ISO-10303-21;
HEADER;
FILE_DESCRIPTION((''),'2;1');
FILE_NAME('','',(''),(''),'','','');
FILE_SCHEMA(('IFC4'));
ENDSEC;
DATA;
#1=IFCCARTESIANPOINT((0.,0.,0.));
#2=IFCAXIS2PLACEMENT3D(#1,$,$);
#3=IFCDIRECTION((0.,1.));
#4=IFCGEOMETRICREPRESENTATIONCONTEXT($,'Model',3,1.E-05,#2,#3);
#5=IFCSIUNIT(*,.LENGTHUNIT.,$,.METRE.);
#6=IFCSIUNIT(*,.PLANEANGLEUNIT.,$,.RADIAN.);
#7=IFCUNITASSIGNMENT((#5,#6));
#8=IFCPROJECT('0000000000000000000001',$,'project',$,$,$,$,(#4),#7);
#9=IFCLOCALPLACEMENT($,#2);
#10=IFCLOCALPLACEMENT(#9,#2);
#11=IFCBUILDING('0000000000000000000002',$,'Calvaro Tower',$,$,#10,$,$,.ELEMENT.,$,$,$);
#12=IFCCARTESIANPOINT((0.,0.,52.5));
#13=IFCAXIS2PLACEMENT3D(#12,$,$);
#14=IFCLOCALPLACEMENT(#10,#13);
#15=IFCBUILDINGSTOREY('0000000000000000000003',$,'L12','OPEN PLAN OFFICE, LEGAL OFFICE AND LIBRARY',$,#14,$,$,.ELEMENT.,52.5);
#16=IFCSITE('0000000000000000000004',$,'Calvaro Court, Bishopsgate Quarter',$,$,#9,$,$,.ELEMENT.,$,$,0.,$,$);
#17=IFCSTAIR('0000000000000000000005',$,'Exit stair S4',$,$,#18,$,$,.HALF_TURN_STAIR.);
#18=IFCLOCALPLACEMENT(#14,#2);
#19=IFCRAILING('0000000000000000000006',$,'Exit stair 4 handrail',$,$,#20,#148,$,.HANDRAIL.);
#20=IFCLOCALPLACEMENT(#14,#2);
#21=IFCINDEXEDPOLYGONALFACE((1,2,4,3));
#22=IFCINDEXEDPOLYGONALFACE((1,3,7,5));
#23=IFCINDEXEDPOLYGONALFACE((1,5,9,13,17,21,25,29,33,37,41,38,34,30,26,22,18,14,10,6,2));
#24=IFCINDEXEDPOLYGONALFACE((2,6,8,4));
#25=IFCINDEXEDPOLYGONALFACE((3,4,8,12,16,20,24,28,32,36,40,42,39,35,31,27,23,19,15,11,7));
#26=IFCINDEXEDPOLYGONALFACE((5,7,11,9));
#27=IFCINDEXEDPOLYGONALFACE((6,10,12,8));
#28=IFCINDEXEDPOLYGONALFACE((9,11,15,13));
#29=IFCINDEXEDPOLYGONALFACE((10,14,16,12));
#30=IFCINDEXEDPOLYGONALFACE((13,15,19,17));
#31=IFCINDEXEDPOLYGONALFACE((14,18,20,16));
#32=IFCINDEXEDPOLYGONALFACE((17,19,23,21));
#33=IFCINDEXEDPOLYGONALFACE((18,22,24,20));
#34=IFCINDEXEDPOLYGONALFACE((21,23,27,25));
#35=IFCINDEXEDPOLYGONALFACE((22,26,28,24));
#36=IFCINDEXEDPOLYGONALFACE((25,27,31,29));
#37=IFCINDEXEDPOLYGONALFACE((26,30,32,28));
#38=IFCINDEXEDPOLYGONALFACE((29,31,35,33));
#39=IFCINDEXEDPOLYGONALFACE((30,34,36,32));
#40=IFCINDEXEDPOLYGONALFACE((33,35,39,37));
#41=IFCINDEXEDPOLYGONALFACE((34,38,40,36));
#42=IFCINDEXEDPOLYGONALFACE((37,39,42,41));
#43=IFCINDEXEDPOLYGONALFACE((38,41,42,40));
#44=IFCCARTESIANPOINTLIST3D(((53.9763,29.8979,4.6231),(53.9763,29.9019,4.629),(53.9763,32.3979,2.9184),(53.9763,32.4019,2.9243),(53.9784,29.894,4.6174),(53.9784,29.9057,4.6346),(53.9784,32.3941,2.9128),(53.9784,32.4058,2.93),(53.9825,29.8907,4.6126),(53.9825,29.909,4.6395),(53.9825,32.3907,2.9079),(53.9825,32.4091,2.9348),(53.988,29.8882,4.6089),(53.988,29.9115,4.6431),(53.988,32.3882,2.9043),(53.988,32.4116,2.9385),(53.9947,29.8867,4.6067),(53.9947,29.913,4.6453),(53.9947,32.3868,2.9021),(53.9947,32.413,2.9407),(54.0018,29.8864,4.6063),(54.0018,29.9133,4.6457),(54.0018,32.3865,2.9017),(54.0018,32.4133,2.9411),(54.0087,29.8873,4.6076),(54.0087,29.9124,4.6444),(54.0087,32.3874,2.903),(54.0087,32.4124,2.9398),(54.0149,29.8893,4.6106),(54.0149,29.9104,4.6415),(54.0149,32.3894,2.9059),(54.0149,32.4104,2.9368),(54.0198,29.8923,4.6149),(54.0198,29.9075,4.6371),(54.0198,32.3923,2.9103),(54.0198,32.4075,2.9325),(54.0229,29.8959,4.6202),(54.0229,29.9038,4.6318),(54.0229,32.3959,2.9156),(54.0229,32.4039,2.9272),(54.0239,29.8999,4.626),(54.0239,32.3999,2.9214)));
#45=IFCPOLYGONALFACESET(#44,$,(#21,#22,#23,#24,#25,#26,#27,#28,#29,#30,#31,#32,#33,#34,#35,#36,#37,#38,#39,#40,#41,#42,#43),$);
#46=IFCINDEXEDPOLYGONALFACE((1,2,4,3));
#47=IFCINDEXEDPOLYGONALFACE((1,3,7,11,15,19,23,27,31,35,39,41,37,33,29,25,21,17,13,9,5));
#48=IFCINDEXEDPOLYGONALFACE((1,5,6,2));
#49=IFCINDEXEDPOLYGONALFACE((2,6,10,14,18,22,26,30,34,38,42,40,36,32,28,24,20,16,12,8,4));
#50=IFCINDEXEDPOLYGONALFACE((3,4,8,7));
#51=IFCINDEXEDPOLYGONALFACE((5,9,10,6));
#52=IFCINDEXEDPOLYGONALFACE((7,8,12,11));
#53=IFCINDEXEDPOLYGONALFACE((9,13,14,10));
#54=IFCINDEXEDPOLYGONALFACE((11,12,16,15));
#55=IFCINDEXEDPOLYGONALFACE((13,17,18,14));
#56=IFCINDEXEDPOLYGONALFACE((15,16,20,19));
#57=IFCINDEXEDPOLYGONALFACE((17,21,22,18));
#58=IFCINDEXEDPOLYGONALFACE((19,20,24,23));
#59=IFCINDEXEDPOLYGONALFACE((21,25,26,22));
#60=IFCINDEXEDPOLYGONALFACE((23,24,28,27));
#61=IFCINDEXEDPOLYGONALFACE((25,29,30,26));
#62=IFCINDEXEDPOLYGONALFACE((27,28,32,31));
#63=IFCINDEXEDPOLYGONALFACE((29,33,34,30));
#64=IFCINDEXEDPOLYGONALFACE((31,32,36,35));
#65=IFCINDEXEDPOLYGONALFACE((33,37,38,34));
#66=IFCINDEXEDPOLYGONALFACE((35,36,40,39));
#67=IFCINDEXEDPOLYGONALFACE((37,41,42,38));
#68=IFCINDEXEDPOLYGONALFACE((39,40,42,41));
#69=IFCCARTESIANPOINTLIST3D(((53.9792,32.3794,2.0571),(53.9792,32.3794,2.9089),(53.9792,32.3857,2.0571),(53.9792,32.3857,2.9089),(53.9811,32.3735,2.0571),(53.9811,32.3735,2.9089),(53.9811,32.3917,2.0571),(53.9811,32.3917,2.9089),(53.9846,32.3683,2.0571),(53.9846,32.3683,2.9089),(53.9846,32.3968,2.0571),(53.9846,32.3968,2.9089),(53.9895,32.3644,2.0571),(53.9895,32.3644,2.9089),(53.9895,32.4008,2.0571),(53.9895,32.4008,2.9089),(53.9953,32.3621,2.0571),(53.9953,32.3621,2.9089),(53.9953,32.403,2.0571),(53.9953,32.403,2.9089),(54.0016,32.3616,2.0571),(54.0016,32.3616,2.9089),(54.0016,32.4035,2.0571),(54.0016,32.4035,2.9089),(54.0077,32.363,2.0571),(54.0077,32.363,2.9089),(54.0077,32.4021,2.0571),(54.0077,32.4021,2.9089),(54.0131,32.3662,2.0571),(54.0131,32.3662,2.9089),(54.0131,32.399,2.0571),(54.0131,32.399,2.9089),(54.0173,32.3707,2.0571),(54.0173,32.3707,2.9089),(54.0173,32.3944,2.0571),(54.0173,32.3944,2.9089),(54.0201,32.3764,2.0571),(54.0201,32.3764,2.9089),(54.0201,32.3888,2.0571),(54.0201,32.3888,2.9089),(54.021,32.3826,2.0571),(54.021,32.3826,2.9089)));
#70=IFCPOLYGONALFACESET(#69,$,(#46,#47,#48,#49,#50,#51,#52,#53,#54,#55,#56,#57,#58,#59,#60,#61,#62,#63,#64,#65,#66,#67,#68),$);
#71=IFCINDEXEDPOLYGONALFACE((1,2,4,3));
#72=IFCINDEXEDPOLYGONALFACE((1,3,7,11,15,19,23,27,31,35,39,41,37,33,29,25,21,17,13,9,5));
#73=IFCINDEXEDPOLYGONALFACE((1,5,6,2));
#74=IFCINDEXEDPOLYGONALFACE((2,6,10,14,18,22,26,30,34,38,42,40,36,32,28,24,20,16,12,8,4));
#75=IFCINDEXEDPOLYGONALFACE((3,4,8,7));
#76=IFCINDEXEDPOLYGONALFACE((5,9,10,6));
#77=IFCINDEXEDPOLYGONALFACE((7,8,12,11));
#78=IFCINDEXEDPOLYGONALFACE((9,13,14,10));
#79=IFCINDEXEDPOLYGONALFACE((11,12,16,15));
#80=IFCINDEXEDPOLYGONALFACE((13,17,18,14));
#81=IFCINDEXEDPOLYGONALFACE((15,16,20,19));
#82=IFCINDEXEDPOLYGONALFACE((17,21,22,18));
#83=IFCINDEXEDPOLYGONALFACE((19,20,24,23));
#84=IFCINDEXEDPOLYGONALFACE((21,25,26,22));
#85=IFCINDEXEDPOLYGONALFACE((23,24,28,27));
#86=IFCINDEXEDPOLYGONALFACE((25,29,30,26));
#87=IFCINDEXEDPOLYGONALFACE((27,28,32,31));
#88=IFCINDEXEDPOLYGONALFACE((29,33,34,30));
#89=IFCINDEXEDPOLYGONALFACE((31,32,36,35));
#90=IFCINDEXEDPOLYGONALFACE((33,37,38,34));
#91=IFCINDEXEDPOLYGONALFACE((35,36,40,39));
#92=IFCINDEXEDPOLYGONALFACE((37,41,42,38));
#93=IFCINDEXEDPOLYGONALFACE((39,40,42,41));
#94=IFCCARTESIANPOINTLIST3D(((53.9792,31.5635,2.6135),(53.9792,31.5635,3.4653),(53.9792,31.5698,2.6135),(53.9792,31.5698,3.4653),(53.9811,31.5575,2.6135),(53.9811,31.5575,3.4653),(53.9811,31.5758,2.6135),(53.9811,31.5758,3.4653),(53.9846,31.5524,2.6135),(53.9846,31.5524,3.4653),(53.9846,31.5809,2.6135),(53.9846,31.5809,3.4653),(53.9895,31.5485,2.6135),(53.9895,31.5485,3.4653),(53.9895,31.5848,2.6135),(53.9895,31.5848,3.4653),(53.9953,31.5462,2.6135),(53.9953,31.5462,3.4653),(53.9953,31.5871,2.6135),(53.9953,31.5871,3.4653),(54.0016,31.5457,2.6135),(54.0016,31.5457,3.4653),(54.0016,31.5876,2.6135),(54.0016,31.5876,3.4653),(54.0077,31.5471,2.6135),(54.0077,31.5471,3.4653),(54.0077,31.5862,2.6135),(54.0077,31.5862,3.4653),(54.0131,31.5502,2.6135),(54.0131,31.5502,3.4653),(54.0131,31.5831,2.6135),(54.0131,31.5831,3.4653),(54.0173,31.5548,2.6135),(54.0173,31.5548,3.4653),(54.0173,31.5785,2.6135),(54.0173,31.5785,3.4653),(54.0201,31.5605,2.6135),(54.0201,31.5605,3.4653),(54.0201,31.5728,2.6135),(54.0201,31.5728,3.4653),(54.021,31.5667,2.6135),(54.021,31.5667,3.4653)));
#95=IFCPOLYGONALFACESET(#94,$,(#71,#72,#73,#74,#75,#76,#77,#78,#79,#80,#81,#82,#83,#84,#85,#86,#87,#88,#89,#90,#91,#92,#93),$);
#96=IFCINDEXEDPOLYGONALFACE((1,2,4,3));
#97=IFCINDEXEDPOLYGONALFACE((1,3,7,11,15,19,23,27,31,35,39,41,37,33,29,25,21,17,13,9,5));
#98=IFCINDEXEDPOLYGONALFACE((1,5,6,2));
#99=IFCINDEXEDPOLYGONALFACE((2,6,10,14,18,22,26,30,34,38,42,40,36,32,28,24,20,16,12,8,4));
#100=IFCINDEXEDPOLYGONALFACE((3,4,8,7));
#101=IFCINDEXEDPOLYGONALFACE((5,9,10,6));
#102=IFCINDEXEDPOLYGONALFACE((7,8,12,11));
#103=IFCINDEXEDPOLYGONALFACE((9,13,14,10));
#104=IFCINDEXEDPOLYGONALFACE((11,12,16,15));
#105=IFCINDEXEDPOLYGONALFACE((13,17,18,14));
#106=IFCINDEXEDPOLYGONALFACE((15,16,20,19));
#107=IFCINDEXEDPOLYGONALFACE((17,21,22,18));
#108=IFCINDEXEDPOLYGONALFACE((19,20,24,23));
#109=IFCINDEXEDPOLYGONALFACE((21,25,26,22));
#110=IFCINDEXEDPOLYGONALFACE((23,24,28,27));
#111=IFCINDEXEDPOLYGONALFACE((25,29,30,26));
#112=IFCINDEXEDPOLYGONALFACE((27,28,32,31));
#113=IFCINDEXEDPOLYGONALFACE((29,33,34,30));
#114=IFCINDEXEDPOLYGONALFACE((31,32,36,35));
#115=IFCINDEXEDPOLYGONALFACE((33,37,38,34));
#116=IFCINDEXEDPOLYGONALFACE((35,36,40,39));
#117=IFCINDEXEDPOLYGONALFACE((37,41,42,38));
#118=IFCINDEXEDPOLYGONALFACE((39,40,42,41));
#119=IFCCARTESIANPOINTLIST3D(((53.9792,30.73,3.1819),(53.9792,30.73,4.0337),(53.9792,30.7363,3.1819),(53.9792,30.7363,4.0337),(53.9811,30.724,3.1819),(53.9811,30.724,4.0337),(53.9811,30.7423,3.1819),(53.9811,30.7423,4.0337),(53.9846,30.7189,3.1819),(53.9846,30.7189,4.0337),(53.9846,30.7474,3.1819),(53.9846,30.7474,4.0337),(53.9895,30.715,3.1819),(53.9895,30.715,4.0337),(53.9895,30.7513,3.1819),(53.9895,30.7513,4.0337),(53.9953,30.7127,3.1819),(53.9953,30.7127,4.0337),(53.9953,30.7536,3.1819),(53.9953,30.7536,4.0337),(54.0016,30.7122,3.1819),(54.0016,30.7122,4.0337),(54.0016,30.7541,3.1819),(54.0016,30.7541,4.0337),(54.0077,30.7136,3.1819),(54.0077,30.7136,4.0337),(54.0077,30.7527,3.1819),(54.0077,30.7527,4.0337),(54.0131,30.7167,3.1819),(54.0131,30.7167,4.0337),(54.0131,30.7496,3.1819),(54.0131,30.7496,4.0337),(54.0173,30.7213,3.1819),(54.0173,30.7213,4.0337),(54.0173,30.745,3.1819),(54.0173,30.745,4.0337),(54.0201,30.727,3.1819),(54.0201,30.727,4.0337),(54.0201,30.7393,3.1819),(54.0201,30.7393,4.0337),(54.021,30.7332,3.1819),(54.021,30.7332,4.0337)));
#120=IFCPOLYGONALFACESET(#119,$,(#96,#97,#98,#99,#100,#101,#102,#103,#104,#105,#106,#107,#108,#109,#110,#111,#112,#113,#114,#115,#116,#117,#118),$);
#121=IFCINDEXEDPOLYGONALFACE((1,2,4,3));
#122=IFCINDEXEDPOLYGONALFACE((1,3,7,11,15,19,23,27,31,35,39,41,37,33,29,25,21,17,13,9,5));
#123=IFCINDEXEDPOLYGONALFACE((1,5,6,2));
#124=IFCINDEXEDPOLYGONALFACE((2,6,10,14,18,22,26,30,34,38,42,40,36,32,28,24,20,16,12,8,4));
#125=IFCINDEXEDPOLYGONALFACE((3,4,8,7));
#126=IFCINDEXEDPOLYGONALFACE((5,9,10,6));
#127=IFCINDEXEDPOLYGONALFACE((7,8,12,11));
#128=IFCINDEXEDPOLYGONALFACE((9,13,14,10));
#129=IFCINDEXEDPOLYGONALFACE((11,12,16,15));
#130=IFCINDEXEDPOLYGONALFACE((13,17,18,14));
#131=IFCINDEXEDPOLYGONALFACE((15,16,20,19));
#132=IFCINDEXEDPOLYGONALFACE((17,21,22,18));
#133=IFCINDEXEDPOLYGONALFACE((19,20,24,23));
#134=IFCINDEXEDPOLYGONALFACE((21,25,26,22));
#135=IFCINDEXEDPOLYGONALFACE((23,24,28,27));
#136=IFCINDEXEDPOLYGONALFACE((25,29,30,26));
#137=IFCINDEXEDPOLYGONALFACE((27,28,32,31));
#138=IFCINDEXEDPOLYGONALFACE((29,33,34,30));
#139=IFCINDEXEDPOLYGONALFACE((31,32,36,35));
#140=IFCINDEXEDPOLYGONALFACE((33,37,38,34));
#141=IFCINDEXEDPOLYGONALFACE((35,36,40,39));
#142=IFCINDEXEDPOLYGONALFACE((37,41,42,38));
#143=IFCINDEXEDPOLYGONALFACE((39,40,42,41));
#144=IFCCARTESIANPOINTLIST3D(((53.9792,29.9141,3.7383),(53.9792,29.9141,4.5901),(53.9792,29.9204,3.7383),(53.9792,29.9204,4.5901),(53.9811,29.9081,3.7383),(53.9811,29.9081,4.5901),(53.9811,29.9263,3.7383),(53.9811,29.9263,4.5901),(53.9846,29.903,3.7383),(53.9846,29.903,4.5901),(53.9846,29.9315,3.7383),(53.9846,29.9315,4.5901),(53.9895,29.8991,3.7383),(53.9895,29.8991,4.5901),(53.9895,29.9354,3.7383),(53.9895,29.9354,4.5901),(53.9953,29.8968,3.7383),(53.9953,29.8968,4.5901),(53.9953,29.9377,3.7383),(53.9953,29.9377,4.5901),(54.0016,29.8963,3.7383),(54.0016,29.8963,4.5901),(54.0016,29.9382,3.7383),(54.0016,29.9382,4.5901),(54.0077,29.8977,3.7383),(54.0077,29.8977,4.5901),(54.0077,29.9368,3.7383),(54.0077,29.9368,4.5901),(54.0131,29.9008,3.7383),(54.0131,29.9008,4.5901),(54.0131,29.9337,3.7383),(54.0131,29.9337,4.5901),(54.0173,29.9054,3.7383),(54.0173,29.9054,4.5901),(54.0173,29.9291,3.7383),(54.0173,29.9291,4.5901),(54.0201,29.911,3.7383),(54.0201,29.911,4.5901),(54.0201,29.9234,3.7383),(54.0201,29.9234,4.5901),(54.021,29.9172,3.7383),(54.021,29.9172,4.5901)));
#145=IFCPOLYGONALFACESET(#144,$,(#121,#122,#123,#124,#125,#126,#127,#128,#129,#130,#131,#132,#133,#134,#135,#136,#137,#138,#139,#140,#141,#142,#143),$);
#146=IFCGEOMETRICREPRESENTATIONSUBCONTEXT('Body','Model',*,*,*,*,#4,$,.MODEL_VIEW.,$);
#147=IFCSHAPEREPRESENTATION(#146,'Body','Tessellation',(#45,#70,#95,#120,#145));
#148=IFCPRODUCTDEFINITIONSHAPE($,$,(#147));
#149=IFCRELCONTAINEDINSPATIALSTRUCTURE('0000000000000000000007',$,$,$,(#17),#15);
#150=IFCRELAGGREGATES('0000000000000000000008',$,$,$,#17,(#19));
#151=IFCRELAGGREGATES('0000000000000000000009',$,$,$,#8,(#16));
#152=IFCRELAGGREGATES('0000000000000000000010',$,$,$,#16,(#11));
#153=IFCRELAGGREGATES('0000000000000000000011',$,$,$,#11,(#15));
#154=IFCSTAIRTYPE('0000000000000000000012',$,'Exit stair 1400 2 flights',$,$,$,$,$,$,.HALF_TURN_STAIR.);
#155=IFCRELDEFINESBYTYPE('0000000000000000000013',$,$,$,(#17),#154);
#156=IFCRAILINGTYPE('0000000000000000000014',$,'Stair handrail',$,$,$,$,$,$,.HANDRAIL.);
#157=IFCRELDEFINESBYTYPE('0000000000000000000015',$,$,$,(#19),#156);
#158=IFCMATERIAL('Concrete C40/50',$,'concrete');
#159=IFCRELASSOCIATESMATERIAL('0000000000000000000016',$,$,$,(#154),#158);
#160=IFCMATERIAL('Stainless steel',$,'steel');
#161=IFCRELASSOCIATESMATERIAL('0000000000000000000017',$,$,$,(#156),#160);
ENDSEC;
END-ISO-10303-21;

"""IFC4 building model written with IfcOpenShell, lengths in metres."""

from ifc_helpers import new_model, si_unit, direction, frame, origin, origin_2d, place, context, subcontext, project, spatial, circle, extrude, material, type_object, element, aggregate, save


model = new_model("IFC4")

# Units and contexts
model_context = context("Model", 3, precision=1e-05, world=origin(), true_north=direction((0.0, 1.0)))
body_context = subcontext(model_context, "Body", "Model", "MODEL_VIEW")
ifc_project = project(units=[si_unit("LENGTHUNIT", "METRE"), si_unit("PLANEANGLEUNIT", "RADIAN")], contexts=[model_context])

# Site, building, storey
site_placement = place(None, origin())
site = spatial("IfcSite", under=ifc_project, at=site_placement, Name="Calvaro Court, Bishopsgate Quarter", CompositionType="ELEMENT", RefElevation=0.0)
building_placement = place(site_placement, origin())
building = spatial("IfcBuilding", under=site, at=building_placement, Name="Calvaro Tower", CompositionType="ELEMENT")
storey_placement = place(building_placement, frame((0.0, 0.0, 52.5)))
storey = spatial("IfcBuildingStorey", under=building, at=storey_placement, Name="L12", Description="OPEN PLAN OFFICE, LEGAL OFFICE AND LIBRARY", CompositionType="ELEMENT", Elevation=52.5)

# Shared definitions
ifc_material_1 = material(Name="Concrete C40/50", Category="concrete")
stair_type = type_object("IfcStairType", Name="Exit stair 1400 2 flights", PredefinedType="HALF_TURN_STAIR", material=ifc_material_1)

# Stair, railing
stair_1_placement = place(storey_placement, origin())
stair_1 = element("IfcStair", 1, at=stair_1_placement, inside=storey, type_object=stair_type, Name="Exit stair S4", PredefinedType="HALF_TURN_STAIR")
ifc_material_2 = material(Name="Stainless steel", Category="steel")
railing_type = type_object("IfcRailingType", Name="Stair handrail", PredefinedType="HANDRAIL", material=ifc_material_2)
railing_1_placement = place(storey_placement, frame((54.0, 32.3999, 2.0454)))
railing_1 = element("IfcRailing", 2, at=railing_1_placement, type_object=railing_type, Name="Exit stair 4 handrail", PredefinedType="HANDRAIL", context=body_context, shape_type="SweptSolid", body=[
    extrude(circle(Radius=0.0239, at=origin_2d()), frame((0.0, 0.0, 0.876), z_axis=(0.0, -0.826221, 0.563347), x_axis=(1.0, 0.0, 0.0)), (0.0, 0.0, 1.0), 3.0259),
    extrude(circle(Radius=0.021, at=origin_2d()), frame((0.0, -0.0173, 0.0117)), (0.0, 0.0, 1.0), 0.8518),
    extrude(circle(Radius=0.021, at=origin_2d()), frame((0.0, -0.8333, 0.5681)), (0.0, 0.0, 1.0), 0.8518),
    extrude(circle(Radius=0.021, at=origin_2d()), frame((0.0, -1.6667, 1.1365)), (0.0, 0.0, 1.0), 0.8518),
    extrude(circle(Radius=0.021, at=origin_2d()), frame((0.0, -2.4827, 1.6929)), (0.0, 0.0, 1.0), 0.8518),
])
aggregate(stair_1, [railing_1])

save(model, "model.ifc")
